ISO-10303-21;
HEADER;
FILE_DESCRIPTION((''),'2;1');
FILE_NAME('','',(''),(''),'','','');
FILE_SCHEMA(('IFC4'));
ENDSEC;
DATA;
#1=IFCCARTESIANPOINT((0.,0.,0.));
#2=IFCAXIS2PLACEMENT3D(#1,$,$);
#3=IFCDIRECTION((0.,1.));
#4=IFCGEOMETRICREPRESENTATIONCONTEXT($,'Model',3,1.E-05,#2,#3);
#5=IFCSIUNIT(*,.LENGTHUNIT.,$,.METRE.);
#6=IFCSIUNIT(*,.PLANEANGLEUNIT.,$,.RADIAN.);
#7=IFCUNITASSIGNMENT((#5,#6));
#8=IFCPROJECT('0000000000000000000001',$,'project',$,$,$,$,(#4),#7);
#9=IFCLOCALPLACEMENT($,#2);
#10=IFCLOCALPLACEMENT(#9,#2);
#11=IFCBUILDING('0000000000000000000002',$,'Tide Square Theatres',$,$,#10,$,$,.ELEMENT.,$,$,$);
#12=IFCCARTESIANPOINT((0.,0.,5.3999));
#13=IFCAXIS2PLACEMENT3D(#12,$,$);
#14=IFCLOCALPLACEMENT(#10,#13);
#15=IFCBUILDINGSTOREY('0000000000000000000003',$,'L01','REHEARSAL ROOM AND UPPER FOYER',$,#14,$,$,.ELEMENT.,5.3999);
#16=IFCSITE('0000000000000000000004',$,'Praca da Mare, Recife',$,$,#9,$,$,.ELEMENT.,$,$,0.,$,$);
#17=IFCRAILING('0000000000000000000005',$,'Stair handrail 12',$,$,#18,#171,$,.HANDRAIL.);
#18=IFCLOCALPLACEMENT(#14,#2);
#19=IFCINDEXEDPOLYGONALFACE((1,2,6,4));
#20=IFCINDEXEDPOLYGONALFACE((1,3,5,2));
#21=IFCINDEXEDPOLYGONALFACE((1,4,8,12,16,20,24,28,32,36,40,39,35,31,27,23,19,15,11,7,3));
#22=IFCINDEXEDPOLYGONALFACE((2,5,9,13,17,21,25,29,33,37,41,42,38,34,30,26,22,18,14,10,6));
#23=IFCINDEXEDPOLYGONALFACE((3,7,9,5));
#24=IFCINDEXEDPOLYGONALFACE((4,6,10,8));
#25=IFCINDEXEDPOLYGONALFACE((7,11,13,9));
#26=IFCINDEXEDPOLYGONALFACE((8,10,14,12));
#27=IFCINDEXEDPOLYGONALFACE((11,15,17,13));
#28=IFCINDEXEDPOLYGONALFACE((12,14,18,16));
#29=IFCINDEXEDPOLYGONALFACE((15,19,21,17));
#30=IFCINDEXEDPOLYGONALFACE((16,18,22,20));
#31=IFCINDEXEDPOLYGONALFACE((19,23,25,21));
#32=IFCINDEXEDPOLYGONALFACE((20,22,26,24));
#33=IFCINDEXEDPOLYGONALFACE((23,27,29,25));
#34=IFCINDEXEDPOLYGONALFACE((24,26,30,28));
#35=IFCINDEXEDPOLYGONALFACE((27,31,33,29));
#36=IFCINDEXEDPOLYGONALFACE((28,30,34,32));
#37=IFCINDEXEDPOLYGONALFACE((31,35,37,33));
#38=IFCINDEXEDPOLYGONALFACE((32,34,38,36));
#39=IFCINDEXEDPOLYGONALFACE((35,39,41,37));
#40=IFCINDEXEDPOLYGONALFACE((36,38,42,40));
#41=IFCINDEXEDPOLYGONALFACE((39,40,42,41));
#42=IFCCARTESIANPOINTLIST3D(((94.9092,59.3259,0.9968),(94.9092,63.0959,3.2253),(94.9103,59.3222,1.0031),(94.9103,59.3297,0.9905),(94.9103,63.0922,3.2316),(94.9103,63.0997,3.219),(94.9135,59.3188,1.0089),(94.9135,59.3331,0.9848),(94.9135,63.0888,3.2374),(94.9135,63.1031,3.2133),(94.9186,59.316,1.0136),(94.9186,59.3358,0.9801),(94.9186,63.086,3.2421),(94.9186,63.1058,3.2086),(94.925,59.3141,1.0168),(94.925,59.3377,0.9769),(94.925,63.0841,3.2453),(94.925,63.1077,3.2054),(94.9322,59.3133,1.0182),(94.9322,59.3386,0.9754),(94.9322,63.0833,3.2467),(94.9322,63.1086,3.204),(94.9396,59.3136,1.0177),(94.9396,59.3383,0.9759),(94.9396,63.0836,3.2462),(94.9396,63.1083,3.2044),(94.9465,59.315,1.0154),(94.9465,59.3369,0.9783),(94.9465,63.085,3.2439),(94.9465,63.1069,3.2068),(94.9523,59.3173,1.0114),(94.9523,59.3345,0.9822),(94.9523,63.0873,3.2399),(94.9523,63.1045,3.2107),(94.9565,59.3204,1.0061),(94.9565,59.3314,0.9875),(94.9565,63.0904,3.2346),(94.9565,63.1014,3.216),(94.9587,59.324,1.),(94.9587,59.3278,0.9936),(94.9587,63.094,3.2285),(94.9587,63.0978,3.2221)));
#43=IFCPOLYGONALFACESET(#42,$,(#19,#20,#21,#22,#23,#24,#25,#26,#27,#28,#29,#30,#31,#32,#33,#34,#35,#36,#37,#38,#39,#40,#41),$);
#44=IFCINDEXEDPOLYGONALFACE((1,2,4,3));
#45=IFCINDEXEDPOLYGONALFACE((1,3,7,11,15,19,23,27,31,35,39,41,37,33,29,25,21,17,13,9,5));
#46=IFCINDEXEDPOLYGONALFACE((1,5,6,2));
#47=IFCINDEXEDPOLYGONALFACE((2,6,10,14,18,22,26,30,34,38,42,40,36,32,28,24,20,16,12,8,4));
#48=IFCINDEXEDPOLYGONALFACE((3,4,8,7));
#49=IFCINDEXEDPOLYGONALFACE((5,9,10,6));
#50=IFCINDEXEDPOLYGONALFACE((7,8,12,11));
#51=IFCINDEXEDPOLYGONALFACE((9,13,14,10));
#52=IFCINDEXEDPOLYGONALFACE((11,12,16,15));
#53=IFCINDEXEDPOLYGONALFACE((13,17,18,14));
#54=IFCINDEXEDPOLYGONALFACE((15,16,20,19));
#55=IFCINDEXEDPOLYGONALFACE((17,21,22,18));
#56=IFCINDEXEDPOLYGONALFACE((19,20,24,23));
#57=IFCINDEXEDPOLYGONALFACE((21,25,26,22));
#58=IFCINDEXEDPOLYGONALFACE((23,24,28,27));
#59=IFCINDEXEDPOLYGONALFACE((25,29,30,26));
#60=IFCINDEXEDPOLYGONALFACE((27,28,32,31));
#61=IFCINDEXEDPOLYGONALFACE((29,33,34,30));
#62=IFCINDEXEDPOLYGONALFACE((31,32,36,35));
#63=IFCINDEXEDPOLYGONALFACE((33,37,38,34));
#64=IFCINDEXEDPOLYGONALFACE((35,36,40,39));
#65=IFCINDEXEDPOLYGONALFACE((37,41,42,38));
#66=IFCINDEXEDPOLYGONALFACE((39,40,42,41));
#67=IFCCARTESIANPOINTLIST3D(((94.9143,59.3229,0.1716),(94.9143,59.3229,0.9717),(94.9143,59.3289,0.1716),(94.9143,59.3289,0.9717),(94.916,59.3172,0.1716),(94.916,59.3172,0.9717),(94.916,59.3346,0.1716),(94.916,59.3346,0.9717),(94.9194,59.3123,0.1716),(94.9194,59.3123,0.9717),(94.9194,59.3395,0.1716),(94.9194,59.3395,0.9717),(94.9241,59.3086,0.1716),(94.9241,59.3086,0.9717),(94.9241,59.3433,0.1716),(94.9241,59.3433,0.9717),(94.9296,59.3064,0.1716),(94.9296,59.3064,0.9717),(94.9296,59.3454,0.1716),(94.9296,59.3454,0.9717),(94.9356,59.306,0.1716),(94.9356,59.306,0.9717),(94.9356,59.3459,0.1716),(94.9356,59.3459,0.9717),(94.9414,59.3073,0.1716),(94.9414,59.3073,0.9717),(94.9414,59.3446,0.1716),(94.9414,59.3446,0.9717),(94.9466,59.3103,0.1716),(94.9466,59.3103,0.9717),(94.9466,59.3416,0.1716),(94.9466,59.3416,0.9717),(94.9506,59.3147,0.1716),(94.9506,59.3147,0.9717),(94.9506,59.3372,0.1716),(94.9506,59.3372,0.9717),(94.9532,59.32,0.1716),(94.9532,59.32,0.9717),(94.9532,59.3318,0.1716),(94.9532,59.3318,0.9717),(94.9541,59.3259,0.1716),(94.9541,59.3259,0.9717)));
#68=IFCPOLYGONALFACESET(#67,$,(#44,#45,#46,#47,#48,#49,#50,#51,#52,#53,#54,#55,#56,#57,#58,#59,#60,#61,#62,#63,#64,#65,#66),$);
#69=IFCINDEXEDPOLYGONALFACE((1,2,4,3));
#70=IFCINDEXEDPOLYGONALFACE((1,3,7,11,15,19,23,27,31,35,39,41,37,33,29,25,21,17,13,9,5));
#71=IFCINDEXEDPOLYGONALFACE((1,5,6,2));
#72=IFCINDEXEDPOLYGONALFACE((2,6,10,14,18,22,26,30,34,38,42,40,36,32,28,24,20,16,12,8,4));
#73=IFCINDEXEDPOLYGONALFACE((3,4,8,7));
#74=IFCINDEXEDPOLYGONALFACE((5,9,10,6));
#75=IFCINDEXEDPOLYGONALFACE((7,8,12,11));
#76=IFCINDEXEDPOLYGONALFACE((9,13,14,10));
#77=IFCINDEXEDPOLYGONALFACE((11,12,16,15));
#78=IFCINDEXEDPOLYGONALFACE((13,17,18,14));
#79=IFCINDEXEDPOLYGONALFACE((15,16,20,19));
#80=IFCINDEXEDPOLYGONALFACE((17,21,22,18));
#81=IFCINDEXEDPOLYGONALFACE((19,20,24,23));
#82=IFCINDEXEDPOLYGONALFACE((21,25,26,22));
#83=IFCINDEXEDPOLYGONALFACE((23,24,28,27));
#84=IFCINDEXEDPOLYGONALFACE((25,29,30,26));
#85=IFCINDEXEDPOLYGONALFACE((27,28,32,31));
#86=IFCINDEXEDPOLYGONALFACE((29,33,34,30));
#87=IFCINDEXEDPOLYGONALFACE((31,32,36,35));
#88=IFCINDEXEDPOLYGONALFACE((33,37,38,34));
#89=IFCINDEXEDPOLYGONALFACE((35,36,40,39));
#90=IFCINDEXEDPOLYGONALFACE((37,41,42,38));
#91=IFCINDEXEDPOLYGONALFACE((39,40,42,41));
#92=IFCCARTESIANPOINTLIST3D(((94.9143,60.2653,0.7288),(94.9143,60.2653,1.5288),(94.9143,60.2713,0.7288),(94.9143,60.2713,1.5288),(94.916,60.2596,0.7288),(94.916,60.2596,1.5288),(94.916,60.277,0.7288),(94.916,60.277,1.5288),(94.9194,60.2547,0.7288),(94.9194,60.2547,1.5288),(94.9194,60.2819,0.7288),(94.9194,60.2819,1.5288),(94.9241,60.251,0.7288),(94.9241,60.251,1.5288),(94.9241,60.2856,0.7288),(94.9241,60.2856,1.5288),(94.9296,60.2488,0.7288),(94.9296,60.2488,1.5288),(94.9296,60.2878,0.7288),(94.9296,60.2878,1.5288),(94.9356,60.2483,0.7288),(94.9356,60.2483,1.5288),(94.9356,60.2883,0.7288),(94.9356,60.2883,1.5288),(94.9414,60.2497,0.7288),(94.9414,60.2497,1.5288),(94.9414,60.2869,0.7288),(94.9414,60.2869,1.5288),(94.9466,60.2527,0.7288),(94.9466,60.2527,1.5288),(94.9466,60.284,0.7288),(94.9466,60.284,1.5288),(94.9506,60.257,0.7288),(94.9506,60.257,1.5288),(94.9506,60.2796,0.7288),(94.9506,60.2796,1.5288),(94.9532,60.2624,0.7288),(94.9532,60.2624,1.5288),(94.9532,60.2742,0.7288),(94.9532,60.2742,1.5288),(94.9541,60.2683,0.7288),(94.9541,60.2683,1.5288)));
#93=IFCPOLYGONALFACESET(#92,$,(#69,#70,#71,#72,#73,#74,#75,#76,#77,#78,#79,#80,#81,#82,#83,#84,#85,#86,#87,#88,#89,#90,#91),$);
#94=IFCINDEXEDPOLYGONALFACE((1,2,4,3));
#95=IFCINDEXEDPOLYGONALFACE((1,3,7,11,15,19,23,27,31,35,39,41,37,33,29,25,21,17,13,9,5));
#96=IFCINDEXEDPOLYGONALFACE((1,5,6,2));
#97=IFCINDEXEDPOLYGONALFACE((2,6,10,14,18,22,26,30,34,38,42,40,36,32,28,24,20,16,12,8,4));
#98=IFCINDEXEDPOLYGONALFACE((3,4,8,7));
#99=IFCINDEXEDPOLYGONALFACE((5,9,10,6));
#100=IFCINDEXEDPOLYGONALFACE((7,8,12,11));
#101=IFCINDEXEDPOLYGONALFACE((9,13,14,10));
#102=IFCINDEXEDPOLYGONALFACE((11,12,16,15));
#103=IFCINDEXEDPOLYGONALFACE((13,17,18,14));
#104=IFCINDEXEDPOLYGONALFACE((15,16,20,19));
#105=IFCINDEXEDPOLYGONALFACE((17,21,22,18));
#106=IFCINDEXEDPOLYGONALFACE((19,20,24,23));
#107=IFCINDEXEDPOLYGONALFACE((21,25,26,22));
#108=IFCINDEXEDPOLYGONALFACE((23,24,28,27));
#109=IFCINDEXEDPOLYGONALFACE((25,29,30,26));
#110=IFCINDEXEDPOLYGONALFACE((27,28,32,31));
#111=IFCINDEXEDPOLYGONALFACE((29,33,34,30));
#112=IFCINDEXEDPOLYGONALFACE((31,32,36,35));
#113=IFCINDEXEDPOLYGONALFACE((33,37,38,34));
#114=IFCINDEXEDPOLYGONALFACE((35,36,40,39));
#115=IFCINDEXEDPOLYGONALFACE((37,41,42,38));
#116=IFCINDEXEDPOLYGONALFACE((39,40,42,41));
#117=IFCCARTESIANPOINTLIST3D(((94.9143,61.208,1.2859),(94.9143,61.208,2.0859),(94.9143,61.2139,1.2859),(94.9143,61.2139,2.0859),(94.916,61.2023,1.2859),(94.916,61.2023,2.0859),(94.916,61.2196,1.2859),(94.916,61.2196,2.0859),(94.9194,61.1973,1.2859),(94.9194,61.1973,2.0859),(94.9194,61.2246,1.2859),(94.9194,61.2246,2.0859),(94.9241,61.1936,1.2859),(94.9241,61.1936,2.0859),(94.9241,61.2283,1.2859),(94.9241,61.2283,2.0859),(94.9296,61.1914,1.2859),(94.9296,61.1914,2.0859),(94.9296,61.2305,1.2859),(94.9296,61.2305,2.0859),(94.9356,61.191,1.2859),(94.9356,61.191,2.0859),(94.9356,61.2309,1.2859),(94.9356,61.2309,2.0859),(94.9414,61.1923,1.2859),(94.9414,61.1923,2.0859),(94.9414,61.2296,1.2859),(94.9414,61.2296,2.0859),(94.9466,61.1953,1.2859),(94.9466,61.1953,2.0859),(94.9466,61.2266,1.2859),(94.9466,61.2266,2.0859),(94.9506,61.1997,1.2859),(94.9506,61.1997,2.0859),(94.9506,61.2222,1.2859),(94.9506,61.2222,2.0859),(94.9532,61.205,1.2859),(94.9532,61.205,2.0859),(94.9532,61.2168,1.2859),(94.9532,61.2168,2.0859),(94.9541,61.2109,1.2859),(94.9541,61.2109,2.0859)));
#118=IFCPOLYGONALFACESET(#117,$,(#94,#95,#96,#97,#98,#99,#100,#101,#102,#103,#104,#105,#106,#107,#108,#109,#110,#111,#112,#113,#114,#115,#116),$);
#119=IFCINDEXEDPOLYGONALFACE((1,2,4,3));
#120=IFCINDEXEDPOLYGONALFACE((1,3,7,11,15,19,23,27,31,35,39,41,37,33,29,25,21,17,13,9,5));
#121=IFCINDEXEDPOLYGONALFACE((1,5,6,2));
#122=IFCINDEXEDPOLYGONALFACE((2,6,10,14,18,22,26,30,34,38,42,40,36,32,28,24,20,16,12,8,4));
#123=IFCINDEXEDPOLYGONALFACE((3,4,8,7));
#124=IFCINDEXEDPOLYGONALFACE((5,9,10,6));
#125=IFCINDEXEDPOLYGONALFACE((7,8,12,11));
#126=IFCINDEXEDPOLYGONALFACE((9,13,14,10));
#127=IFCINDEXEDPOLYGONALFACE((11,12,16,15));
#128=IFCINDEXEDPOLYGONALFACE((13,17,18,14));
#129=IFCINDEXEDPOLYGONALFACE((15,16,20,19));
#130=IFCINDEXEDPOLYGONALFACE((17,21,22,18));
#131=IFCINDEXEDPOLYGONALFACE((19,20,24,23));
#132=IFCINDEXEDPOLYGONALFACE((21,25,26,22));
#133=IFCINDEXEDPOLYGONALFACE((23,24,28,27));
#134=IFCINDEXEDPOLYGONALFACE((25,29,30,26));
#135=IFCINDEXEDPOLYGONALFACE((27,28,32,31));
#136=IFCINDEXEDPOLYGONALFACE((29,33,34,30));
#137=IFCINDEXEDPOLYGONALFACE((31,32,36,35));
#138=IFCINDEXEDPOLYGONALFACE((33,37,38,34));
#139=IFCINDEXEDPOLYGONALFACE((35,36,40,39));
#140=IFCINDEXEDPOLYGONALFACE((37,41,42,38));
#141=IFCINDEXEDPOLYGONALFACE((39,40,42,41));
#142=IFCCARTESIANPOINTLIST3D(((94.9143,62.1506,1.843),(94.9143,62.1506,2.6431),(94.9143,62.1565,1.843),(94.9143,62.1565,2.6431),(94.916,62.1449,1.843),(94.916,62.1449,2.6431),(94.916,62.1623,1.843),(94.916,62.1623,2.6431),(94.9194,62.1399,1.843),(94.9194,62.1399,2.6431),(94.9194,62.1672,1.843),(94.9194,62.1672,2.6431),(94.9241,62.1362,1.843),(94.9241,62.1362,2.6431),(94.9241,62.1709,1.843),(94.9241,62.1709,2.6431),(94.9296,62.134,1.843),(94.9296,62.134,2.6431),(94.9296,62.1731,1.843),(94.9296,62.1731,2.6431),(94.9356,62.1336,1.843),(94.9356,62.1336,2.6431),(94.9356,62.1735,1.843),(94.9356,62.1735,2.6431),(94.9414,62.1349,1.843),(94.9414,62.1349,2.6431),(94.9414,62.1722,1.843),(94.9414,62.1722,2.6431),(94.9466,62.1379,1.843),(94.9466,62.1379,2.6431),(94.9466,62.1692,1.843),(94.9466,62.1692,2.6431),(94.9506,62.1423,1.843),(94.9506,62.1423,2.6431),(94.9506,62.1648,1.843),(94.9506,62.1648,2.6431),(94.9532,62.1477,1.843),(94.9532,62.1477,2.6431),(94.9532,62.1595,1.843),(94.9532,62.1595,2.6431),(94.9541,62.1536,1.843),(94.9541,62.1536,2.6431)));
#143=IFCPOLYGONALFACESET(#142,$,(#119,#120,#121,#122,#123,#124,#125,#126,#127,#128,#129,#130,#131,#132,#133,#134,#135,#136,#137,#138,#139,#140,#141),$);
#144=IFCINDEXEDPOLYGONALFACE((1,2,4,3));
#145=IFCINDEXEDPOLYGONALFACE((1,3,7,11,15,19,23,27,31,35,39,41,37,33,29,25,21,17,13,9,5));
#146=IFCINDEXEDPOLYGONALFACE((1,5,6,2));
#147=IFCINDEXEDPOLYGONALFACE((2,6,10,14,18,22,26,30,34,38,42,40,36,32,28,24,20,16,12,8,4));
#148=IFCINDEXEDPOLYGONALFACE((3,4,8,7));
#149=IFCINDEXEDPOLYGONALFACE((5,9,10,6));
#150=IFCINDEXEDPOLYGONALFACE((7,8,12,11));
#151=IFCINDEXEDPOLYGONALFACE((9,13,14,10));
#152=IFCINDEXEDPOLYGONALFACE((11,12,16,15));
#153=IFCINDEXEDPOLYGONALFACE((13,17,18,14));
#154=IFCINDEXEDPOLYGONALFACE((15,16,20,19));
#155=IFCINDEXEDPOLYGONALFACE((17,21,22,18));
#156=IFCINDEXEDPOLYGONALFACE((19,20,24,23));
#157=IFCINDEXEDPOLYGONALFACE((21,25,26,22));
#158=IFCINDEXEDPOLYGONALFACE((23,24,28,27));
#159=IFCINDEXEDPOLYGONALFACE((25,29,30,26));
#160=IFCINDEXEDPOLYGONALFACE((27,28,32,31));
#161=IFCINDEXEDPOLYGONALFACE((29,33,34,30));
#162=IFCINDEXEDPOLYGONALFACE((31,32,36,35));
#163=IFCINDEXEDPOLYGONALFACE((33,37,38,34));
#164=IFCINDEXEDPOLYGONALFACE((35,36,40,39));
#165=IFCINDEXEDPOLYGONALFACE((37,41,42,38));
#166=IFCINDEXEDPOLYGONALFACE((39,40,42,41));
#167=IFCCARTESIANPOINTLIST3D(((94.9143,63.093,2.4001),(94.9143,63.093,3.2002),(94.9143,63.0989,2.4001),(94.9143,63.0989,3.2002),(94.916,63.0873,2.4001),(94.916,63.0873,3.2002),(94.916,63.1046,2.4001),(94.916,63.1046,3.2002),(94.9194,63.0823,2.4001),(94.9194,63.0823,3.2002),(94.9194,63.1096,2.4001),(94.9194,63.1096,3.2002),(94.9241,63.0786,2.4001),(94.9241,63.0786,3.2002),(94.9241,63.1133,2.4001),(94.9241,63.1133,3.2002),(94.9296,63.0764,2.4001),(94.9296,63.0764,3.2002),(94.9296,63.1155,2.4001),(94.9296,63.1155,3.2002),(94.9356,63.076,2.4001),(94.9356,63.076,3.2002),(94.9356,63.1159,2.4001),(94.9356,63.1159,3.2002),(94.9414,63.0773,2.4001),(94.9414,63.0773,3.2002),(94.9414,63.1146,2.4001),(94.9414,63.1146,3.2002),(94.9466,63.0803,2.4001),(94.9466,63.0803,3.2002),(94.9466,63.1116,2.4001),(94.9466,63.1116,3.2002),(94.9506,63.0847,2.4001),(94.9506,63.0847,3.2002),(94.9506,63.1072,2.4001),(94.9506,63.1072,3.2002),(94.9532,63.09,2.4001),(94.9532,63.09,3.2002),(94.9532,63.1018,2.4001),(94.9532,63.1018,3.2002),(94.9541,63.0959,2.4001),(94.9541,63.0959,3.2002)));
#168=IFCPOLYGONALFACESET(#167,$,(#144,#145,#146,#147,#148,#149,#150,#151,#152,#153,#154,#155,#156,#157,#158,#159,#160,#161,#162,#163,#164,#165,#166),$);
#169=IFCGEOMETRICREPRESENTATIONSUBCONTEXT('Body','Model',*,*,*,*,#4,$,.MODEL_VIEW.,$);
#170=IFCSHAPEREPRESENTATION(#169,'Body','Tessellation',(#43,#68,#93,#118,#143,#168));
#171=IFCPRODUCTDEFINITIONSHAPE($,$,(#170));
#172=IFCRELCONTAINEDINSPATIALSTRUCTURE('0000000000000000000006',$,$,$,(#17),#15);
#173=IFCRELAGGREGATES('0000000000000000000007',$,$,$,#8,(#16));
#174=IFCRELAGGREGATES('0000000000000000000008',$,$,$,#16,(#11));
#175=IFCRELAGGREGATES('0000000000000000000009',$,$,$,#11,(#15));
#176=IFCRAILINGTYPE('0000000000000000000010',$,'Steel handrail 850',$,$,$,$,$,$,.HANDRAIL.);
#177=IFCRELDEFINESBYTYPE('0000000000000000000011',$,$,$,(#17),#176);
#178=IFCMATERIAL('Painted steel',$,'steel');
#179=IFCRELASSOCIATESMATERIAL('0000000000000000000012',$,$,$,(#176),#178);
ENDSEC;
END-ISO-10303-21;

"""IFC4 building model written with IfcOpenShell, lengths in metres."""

from ifc_helpers import new_model, si_unit, direction, frame, origin, origin_2d, place, context, subcontext, project, spatial, circle, extrude, material, type_object, element, save


model = new_model("IFC4")

# Units and contexts
model_context = context("Model", 3, precision=1e-05, world=origin(), true_north=direction((0.0, 1.0)))
body_context = subcontext(model_context, "Body", "Model", "MODEL_VIEW")
ifc_project = project(units=[si_unit("LENGTHUNIT", "METRE"), si_unit("PLANEANGLEUNIT", "RADIAN")], contexts=[model_context])

# Site, building, storey
site_placement = place(None, origin())
site = spatial("IfcSite", under=ifc_project, at=site_placement, Name="Praca da Mare, Recife", CompositionType="ELEMENT", RefElevation=0.0)
building_placement = place(site_placement, origin())
building = spatial("IfcBuilding", under=site, at=building_placement, Name="Tide Square Theatres", CompositionType="ELEMENT")
storey_placement = place(building_placement, frame((0.0, 0.0, 5.3999)))
storey = spatial("IfcBuildingStorey", under=building, at=storey_placement, Name="L01", Description="REHEARSAL ROOM AND UPPER FOYER", CompositionType="ELEMENT", Elevation=5.3999)

# Railing
ifc_material_1 = material(Name="Painted steel", Category="steel")
railing_type_1 = type_object("IfcRailingType", Name="Steel handrail 850", PredefinedType="HANDRAIL", material=ifc_material_1)
for number, where, name in (
    (1, (94.9341, 59.3259, 0.1716), "Stair handrail 12"),
):
    element("IfcRailing", number, at=place(storey_placement, frame(where)), inside=storey, type_object=railing_type_1, Name=name, PredefinedType="HANDRAIL", context=body_context, shape_type="SweptSolid", body=[
        extrude(circle(Radius=0.0249, at=origin_2d()), frame((0.0, 0.0, 0.8252), z_axis=(0.0, 0.860849, 0.508861), x_axis=(-1.0, 0.0, 0.0)), (0.0, 0.0, 1.0), 4.3794),
        extrude(circle(Radius=0.02, at=origin_2d()), origin(), (0.0, 0.0, 1.0), 0.8),
        extrude(circle(Radius=0.02, at=origin_2d()), frame((0.0, 0.9424, 0.5571)), (0.0, 0.0, 1.0), 0.8),
        extrude(circle(Radius=0.02, at=origin_2d()), frame((0.0, 1.885, 1.1143)), (0.0, 0.0, 1.0), 0.8),
        extrude(circle(Radius=0.02, at=origin_2d()), frame((0.0, 2.8276, 1.6714)), (0.0, 0.0, 1.0), 0.8),
        extrude(circle(Radius=0.02, at=origin_2d()), frame((0.0, 3.77, 2.2285)), (0.0, 0.0, 1.0), 0.8),
    ])

save(model, "model.ifc")
